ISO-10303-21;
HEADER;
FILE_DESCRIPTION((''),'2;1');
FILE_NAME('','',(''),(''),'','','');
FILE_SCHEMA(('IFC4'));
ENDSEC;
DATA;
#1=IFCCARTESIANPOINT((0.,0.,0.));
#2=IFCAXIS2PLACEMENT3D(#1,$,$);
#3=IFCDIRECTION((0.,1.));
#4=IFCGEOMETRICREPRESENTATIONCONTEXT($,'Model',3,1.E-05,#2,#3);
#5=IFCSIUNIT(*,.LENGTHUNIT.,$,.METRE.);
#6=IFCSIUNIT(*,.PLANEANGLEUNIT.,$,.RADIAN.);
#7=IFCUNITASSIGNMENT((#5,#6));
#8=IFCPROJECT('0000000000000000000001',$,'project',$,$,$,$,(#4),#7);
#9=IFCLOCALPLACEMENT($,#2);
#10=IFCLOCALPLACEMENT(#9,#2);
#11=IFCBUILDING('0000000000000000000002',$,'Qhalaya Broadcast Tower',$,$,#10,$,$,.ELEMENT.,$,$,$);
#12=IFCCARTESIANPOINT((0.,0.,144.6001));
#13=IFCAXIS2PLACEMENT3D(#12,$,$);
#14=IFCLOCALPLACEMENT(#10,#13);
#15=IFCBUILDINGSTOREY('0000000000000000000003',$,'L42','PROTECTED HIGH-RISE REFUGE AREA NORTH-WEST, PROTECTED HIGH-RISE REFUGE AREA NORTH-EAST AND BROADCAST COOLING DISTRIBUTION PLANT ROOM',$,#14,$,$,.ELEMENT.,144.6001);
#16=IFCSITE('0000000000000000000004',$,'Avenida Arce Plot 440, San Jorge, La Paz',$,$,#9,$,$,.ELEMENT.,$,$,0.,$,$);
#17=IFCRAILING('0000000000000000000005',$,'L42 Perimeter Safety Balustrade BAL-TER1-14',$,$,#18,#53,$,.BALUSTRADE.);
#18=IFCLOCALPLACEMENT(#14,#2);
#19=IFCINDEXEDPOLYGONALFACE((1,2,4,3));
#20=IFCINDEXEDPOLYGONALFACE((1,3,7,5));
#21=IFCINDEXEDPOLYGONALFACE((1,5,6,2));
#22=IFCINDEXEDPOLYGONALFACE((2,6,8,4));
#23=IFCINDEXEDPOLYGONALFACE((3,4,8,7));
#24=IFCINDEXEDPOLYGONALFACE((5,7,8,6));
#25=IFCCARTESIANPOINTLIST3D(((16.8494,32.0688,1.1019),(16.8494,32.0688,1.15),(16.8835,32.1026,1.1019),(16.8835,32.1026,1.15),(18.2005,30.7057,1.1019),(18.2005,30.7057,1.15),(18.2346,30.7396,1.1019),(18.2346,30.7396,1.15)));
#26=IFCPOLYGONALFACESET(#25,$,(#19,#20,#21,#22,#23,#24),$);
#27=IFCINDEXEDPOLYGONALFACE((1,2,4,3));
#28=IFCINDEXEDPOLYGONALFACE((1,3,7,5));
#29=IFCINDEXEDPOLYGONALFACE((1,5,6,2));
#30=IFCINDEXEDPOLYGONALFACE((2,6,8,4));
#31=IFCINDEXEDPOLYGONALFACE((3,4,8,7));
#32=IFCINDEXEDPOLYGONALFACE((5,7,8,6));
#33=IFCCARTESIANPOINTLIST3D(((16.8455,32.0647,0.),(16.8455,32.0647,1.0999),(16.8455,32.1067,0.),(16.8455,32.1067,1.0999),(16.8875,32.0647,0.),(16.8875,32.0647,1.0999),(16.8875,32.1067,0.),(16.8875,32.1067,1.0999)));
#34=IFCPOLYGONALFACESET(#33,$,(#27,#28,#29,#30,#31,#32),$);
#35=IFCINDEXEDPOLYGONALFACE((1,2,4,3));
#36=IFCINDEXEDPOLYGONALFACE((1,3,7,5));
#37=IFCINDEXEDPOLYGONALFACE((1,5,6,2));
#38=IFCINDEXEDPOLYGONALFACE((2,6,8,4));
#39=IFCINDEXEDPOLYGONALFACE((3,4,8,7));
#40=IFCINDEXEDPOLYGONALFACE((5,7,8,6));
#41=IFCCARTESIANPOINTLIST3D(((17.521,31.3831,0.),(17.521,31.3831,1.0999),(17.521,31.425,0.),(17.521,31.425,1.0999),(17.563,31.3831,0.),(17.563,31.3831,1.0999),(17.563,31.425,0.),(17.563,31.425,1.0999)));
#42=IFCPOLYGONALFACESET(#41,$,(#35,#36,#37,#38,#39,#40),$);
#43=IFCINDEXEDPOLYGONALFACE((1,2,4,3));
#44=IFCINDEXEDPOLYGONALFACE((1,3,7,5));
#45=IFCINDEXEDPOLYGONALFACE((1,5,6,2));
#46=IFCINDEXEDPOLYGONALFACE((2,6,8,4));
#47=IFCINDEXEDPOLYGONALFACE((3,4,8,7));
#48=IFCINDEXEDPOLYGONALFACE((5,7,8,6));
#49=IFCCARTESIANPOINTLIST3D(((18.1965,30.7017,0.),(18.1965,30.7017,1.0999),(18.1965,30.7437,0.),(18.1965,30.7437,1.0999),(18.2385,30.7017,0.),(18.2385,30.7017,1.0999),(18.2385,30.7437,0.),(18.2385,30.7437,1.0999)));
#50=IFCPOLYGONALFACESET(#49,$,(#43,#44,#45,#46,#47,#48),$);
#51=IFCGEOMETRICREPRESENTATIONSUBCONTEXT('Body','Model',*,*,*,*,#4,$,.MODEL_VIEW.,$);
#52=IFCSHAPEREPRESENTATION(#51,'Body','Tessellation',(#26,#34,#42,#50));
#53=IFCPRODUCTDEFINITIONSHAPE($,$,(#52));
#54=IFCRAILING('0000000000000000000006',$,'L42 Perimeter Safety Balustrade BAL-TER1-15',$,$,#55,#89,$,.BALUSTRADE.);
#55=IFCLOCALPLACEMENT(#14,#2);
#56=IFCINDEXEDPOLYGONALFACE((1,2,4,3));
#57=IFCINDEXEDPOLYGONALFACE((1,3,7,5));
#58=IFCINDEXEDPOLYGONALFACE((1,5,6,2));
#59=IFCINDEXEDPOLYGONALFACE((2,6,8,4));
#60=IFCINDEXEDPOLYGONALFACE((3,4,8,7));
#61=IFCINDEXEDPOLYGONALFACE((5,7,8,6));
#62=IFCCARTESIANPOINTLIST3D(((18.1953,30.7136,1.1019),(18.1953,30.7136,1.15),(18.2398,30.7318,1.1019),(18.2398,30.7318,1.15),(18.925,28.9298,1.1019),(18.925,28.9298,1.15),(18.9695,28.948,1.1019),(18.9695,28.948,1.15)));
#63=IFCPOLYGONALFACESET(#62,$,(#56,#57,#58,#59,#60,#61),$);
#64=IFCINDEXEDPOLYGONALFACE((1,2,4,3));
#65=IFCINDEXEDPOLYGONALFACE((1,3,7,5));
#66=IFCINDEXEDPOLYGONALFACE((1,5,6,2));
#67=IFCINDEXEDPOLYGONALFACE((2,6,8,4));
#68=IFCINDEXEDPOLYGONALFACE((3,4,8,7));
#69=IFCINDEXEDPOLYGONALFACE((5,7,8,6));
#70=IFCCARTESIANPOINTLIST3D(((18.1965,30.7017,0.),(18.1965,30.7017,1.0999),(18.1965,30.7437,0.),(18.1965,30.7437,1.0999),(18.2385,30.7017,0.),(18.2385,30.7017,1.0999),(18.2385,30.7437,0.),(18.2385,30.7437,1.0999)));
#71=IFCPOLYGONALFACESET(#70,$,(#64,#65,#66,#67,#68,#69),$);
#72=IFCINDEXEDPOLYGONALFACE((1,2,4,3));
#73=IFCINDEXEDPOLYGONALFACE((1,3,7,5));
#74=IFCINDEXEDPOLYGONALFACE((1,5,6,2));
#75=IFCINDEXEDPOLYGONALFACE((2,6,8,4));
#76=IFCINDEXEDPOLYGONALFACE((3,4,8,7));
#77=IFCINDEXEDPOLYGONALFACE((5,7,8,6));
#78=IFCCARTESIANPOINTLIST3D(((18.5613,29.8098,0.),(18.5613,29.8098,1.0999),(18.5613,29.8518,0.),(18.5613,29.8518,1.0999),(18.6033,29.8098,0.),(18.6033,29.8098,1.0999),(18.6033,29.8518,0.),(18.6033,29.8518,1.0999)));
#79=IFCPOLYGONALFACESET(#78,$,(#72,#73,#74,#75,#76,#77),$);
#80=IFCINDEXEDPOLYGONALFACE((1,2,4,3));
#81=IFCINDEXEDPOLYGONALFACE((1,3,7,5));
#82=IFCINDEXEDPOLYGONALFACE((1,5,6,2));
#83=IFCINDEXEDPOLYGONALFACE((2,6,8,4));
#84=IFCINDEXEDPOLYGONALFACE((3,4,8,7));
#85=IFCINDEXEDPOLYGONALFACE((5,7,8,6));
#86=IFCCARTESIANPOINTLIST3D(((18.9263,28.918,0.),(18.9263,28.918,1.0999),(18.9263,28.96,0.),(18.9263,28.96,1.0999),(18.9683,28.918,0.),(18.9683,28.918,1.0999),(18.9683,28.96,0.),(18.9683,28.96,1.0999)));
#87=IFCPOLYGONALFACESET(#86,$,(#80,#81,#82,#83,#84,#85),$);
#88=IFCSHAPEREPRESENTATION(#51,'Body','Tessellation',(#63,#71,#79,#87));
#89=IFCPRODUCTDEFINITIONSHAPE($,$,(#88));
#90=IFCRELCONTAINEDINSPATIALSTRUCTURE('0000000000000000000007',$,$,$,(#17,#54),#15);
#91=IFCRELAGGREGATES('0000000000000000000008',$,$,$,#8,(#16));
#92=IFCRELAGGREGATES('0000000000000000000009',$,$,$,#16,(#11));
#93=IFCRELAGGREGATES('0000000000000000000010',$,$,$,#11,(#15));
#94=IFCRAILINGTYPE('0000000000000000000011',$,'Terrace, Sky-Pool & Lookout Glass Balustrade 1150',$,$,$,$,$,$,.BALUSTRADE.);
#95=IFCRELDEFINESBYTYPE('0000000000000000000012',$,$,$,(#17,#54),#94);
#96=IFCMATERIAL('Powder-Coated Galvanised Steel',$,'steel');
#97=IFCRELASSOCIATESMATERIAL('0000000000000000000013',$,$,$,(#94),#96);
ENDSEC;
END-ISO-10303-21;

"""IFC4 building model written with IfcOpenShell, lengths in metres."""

from ifc_helpers import new_model, si_unit, direction, frame, origin, origin_2d, place, context, subcontext, project, spatial, rectangle, extrude, material, type_object, element, save


model = new_model("IFC4")

# Units and contexts
model_context = context("Model", 3, precision=1e-05, world=origin(), true_north=direction((0.0, 1.0)))
body_context = subcontext(model_context, "Body", "Model", "MODEL_VIEW")
ifc_project = project(units=[si_unit("LENGTHUNIT", "METRE"), si_unit("PLANEANGLEUNIT", "RADIAN")], contexts=[model_context])

# Site, building, storey
site_placement = place(None, origin())
site = spatial("IfcSite", under=ifc_project, at=site_placement, Name="Avenida Arce Plot 440, San Jorge, La Paz", CompositionType="ELEMENT", RefElevation=0.0)
building_placement = place(site_placement, origin())
building = spatial("IfcBuilding", under=site, at=building_placement, Name="Qhalaya Broadcast Tower", CompositionType="ELEMENT")
storey_placement = place(building_placement, frame((0.0, 0.0, 144.6001)))
storey = spatial("IfcBuildingStorey", under=building, at=storey_placement, Name="L42", Description="PROTECTED HIGH-RISE REFUGE AREA NORTH-WEST, PROTECTED HIGH-RISE REFUGE AREA NORTH-EAST AND BROADCAST COOLING DISTRIBUTION PLANT ROOM", CompositionType="ELEMENT", Elevation=144.6001)

# Railings
ifc_material_1 = material(Name="Powder-Coated Galvanised Steel", Category="steel")
railing_type = type_object("IfcRailingType", Name="Terrace, Sky-Pool & Lookout Glass Balustrade 1150", PredefinedType="BALUSTRADE", material=ifc_material_1)
railing_1_placement = place(storey_placement, frame((16.8665, 32.0857, 0.0)))
element("IfcRailing", 1, at=railing_1_placement, inside=storey, type_object=railing_type, Name="L42 Perimeter Safety Balustrade BAL-TER1-14", PredefinedType="BALUSTRADE", context=body_context, shape_type="SweptSolid", body=[
    extrude(rectangle(XDim=0.0481, YDim=0.0481, at=origin_2d()), frame((0.0, 0.0, 1.126), z_axis=(0.703983, -0.710217, 0.0), x_axis=(0.710217, 0.703983, 0.0)), (0.0, 0.0, 1.0), 1.9192),
    extrude(rectangle(XDim=0.042, YDim=0.042, at=origin_2d()), origin(), (0.0, 0.0, 1.0), 1.0999),
    extrude(rectangle(XDim=0.042, YDim=0.042, at=origin_2d()), frame((0.6755, -0.6816, 0.0)), (0.0, 0.0, 1.0), 1.0999),
    extrude(rectangle(XDim=0.042, YDim=0.042, at=origin_2d()), frame((1.3511, -1.363, 0.0)), (0.0, 0.0, 1.0), 1.0999),
])
railing_2_placement = place(storey_placement, frame((18.2175, 30.7227, 0.0)))
element("IfcRailing", 2, at=railing_2_placement, inside=storey, type_object=railing_type, Name="L42 Perimeter Safety Balustrade BAL-TER1-15", PredefinedType="BALUSTRADE", context=body_context, shape_type="SweptSolid", body=[
    extrude(rectangle(XDim=0.0481, YDim=0.0481, at=origin_2d()), frame((0.0, 0.0, 1.126), z_axis=(0.378653, -0.925539, 0.0), x_axis=(0.925539, 0.378653, 0.0)), (0.0, 0.0, 1.0), 1.9272),
    extrude(rectangle(XDim=0.042, YDim=0.042, at=origin_2d()), origin(), (0.0, 0.0, 1.0), 1.0999),
    extrude(rectangle(XDim=0.042, YDim=0.042, at=origin_2d()), frame((0.3647, -0.8918, 0.0)), (0.0, 0.0, 1.0), 1.0999),
    extrude(rectangle(XDim=0.042, YDim=0.042, at=origin_2d()), frame((0.7297, -1.7837, 0.0)), (0.0, 0.0, 1.0), 1.0999),
])

save(model, "model.ifc")
